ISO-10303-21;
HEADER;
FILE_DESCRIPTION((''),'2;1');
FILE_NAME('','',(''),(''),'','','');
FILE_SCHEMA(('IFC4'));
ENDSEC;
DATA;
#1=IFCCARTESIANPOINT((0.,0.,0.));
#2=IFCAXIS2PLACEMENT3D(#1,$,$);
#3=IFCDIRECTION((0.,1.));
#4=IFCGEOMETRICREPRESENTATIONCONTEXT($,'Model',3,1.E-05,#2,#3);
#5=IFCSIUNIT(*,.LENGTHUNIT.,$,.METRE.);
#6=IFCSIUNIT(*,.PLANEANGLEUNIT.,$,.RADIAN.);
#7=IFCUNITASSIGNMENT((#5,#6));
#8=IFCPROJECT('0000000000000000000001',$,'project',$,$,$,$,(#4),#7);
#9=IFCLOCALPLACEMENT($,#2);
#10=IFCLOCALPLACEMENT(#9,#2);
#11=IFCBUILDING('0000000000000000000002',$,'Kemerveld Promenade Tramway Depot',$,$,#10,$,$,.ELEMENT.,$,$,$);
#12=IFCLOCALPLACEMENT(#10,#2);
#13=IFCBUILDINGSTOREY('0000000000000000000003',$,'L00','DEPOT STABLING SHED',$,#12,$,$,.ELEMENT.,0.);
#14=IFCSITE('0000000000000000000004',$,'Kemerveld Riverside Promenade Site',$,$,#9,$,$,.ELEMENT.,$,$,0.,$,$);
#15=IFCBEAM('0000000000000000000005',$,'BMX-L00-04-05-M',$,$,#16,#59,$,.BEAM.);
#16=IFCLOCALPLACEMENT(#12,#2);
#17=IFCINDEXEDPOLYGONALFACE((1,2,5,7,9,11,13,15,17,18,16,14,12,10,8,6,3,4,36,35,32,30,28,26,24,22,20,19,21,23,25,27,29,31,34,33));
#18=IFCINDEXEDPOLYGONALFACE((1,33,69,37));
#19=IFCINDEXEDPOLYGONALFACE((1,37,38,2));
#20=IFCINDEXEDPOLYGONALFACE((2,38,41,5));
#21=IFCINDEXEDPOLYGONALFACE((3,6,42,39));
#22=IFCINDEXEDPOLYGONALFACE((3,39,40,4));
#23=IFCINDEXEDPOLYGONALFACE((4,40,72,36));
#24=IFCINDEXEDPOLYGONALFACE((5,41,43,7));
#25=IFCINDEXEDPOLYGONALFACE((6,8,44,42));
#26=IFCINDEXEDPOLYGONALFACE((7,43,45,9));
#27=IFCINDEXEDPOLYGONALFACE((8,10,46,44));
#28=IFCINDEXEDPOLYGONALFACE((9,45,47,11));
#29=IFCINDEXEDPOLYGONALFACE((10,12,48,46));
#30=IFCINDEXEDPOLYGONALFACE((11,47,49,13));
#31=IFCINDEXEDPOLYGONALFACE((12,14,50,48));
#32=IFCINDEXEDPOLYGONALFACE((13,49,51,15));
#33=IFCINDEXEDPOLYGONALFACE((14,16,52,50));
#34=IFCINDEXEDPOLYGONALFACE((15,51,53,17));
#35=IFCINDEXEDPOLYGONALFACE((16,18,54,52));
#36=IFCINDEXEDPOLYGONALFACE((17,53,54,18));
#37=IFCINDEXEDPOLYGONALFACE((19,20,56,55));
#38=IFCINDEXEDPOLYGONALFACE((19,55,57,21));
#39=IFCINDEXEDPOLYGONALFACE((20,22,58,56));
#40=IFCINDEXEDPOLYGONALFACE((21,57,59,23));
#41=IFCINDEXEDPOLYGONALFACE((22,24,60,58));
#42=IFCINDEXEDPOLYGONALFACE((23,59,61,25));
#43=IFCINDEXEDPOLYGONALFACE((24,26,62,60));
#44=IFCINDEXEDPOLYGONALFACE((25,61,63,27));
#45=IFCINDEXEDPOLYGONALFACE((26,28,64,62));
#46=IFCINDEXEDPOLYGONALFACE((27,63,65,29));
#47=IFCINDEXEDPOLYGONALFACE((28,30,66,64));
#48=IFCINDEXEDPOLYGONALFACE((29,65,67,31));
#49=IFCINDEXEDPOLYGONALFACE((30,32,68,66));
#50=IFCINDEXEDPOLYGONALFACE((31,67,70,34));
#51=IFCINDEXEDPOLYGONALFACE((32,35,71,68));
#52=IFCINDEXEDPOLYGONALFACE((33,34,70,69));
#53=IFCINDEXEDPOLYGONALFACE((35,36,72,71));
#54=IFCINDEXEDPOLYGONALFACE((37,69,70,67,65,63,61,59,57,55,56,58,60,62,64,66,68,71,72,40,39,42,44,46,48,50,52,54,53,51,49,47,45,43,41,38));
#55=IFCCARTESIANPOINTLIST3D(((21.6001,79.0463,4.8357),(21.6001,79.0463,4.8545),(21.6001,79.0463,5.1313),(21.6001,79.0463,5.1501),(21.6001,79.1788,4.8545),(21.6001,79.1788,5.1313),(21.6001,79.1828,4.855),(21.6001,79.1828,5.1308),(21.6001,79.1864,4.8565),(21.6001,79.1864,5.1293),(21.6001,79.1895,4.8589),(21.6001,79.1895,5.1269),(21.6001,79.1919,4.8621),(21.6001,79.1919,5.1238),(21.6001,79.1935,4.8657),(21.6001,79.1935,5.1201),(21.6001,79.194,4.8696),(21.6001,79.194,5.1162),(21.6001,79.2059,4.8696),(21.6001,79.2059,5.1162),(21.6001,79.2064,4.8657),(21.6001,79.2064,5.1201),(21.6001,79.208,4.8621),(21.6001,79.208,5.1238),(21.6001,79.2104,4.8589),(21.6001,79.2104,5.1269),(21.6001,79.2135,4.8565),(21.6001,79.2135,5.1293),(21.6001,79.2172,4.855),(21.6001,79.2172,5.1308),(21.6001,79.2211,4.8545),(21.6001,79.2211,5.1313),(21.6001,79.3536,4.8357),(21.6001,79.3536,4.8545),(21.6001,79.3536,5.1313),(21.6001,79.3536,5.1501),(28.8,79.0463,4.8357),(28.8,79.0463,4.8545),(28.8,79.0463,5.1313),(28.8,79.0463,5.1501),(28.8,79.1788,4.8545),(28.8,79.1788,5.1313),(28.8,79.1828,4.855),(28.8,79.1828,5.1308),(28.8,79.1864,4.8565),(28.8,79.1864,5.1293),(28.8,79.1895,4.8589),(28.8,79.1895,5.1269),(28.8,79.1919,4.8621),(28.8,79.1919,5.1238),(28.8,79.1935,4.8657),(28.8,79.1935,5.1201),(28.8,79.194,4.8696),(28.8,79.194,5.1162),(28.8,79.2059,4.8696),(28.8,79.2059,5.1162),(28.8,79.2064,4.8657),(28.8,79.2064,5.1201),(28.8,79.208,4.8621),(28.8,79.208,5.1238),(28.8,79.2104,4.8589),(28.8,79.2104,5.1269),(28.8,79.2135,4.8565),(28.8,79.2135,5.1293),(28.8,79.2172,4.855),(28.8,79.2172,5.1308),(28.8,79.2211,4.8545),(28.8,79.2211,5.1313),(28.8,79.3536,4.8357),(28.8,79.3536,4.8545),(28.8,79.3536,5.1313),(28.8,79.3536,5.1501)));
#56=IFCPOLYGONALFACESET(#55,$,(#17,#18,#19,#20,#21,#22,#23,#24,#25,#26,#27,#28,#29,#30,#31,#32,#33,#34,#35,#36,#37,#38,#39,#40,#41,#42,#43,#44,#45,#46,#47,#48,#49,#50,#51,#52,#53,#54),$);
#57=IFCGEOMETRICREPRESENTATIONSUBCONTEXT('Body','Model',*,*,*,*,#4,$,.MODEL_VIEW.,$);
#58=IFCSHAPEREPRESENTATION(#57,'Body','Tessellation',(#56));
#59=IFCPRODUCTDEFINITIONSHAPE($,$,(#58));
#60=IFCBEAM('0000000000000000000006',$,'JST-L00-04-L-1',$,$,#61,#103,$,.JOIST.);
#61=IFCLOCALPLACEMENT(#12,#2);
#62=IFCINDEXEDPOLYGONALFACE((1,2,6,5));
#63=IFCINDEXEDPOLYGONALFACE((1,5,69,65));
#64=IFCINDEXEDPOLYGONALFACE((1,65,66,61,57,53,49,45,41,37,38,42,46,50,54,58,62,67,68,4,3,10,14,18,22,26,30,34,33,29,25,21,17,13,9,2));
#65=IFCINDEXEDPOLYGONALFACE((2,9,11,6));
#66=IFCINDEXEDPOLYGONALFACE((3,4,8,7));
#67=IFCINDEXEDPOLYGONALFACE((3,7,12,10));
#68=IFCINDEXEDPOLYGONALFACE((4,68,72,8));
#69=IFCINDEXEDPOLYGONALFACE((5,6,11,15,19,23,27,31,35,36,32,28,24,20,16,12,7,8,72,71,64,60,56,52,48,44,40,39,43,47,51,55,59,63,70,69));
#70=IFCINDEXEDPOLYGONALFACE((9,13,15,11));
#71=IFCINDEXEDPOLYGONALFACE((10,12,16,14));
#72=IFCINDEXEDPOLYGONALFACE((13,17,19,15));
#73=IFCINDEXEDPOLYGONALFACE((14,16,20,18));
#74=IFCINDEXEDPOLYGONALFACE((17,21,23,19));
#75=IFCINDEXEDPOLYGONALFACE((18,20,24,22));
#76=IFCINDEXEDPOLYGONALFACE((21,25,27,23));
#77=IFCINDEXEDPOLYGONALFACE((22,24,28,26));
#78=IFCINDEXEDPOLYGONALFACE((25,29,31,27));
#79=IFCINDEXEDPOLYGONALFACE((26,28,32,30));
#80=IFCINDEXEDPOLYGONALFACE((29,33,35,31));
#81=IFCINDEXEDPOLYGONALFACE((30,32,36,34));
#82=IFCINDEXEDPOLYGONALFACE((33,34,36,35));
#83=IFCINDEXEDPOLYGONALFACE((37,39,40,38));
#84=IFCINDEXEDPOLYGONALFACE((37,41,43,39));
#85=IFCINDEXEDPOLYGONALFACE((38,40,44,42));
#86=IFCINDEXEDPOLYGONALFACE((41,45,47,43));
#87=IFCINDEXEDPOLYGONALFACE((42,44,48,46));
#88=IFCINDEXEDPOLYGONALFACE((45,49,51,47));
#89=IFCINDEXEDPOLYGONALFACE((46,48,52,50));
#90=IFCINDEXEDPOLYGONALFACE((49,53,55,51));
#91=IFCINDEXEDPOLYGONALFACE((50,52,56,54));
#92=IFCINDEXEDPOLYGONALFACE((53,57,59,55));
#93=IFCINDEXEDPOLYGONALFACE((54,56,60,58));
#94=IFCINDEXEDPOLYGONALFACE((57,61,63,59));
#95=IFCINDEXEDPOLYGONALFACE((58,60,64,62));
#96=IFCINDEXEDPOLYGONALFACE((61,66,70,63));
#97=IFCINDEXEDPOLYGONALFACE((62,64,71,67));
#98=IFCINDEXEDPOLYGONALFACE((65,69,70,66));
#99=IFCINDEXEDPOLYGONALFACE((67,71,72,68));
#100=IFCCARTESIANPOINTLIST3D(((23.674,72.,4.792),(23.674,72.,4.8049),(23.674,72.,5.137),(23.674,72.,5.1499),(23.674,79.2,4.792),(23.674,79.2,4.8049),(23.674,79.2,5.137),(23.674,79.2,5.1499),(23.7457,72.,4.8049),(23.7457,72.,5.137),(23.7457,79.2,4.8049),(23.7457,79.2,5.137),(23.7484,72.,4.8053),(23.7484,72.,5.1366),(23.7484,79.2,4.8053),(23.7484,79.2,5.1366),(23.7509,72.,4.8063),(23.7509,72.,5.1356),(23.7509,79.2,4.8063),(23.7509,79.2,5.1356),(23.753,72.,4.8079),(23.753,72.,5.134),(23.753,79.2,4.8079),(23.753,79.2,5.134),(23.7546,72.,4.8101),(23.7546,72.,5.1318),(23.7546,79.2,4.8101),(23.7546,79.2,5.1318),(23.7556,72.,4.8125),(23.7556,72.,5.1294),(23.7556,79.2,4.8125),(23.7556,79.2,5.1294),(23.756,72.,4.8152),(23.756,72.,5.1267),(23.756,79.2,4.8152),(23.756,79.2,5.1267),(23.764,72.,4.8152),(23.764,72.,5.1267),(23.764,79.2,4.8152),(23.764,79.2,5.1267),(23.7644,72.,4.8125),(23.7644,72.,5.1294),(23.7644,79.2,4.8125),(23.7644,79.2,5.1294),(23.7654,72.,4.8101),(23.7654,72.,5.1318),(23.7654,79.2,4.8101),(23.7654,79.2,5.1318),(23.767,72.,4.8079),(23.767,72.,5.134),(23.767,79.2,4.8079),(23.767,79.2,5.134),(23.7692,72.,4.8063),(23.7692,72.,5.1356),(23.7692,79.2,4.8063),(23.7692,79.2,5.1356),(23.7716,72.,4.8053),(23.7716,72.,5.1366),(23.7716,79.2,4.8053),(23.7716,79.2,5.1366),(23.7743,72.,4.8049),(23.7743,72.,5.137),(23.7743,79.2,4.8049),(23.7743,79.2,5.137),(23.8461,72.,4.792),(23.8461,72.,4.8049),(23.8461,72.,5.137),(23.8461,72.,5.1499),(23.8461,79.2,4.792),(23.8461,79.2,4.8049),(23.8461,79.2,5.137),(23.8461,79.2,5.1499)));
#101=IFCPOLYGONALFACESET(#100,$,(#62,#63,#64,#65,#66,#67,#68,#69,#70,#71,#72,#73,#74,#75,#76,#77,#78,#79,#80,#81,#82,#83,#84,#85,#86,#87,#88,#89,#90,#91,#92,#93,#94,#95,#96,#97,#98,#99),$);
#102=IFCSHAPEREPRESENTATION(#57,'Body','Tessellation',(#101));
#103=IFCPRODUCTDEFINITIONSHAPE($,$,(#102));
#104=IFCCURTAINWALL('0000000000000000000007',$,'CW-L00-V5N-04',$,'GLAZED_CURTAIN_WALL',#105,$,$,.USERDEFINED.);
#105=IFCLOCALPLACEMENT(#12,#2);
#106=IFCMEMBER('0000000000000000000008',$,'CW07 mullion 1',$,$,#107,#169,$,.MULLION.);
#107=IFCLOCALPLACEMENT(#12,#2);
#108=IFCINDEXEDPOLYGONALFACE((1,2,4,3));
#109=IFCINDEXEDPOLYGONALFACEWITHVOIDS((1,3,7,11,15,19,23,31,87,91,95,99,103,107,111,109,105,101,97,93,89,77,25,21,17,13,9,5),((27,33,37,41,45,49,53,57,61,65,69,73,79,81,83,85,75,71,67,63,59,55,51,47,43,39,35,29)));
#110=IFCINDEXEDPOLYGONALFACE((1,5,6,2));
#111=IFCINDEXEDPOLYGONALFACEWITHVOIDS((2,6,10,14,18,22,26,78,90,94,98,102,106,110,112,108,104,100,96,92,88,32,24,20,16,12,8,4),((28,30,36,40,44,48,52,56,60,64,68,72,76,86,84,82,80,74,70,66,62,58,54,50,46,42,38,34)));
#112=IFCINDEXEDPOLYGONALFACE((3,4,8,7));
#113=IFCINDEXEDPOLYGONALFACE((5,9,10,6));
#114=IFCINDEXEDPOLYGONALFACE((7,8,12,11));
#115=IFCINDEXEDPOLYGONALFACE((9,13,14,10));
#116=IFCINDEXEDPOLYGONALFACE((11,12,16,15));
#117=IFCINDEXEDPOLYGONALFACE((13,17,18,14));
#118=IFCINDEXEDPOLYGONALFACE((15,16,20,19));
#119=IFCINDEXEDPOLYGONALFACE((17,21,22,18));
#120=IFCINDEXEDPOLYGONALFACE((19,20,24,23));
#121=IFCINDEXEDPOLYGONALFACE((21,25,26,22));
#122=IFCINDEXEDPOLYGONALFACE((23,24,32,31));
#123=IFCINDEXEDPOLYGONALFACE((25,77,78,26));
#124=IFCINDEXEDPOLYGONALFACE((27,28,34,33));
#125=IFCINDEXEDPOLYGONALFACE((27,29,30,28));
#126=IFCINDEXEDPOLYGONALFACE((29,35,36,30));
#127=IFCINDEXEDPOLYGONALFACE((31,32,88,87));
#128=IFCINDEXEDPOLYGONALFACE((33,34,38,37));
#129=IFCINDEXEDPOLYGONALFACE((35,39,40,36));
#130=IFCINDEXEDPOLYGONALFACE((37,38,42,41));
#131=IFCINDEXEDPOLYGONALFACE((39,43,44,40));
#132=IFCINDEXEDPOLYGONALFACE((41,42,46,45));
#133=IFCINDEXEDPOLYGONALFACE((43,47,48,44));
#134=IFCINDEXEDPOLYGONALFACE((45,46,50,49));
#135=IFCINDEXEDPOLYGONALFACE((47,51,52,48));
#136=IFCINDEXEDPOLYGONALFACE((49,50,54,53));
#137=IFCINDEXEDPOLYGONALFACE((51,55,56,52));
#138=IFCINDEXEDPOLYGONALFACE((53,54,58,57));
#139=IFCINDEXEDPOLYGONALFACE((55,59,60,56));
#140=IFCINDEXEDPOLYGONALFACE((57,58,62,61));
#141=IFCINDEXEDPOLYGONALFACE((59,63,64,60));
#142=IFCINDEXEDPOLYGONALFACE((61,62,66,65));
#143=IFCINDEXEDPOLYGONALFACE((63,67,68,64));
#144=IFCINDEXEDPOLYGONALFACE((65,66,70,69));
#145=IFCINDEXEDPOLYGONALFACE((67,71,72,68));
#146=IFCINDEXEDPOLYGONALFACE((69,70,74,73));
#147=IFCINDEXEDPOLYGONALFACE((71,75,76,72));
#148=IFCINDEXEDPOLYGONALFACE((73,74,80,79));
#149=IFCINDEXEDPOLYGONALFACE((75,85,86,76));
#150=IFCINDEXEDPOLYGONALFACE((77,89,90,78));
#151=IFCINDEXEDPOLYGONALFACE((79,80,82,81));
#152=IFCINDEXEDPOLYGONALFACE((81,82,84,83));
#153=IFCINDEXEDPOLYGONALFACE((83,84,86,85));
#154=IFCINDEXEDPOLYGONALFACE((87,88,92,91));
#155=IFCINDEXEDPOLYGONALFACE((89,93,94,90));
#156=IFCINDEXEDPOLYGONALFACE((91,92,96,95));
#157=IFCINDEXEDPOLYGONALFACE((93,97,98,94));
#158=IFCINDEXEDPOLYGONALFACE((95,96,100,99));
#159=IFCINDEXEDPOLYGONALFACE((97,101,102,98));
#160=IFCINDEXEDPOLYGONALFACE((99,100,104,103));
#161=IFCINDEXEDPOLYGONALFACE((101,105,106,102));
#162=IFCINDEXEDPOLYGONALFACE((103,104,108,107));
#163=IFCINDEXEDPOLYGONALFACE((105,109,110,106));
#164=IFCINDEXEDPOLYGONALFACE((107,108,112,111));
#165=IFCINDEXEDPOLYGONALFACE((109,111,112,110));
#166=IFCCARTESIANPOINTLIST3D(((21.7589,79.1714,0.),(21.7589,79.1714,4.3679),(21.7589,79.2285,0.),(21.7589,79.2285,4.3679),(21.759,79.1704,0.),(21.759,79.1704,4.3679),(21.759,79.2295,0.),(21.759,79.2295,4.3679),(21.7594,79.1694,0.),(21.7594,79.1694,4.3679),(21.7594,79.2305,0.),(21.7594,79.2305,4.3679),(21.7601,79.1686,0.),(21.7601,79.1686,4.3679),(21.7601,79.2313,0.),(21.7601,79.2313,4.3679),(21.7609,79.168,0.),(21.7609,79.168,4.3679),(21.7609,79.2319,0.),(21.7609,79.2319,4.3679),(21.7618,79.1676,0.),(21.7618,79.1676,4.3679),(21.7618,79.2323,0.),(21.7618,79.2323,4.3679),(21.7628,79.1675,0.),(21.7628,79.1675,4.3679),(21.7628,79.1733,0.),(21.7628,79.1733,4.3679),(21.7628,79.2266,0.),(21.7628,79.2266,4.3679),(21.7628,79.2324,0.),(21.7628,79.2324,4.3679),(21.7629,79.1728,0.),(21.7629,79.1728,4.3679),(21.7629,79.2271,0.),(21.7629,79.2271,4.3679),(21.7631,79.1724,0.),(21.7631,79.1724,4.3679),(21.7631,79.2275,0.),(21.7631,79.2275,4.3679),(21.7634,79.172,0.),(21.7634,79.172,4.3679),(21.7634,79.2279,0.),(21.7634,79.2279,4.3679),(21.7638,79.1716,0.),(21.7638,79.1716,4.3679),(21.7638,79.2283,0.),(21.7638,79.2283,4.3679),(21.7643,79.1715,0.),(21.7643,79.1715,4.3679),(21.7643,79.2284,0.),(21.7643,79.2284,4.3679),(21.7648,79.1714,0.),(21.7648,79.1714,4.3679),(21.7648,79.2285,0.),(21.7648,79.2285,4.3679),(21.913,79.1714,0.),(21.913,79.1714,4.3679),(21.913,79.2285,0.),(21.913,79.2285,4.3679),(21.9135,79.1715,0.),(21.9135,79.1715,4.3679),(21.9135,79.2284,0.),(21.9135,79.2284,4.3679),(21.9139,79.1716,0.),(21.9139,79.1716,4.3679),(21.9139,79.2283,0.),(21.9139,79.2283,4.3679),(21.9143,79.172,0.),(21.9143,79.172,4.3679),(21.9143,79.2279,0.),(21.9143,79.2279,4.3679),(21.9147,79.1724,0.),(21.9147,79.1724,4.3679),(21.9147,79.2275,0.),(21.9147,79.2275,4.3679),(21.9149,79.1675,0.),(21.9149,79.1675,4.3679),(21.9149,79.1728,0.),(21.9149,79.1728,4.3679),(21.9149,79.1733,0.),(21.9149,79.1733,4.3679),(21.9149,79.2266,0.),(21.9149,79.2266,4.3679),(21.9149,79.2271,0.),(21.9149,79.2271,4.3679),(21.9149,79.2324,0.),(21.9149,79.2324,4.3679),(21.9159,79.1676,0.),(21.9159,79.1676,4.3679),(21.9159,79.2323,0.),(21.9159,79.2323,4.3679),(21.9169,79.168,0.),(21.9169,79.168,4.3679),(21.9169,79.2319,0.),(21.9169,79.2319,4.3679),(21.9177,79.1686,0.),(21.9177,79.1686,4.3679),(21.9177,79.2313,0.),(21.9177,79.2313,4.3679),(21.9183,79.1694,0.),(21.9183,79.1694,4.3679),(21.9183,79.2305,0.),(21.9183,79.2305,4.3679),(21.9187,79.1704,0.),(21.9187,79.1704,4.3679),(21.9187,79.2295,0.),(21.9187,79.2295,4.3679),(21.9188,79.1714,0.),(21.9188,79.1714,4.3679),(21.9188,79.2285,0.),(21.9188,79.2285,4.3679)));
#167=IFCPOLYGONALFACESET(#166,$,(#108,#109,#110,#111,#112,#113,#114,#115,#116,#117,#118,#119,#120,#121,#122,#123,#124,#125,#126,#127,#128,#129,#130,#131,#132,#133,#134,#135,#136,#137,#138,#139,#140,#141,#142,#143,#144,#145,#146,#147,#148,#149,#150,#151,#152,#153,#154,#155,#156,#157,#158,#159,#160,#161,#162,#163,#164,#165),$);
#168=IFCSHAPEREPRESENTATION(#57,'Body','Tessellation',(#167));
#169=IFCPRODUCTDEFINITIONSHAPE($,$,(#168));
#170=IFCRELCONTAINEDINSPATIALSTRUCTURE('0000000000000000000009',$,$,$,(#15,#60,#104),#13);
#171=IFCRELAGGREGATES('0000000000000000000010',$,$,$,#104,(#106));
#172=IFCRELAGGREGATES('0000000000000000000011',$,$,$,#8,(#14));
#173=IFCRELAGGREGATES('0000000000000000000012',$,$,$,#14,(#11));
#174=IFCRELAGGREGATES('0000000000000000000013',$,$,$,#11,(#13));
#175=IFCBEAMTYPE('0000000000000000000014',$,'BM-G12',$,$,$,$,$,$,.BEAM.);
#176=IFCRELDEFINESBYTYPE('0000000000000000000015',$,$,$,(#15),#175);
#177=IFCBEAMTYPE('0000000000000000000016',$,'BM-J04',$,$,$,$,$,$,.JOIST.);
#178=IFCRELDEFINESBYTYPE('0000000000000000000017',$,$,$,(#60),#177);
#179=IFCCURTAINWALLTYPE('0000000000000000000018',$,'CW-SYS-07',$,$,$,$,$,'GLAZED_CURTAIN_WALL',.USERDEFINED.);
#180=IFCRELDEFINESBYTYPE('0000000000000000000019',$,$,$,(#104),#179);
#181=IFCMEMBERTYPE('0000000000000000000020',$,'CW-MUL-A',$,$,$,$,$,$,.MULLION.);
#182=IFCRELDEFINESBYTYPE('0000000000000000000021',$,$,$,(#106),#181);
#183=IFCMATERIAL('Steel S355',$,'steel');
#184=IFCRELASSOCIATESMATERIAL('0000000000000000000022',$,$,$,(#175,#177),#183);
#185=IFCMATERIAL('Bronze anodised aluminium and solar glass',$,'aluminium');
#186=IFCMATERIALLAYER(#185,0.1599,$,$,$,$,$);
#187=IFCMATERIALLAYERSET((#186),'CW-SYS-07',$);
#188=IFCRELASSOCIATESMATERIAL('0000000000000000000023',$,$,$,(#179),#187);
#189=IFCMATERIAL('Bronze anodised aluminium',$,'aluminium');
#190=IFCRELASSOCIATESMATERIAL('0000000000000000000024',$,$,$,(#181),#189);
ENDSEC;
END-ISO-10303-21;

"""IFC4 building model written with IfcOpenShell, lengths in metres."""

from ifc_helpers import new_model, si_unit, direction, frame, origin, origin_2d, place, context, subcontext, project, spatial, hollow_rectangle, i_section, extrude, material, layer, layer_set, material_profile, profile_set, type_object, element, aggregate, save


model = new_model("IFC4")

# Units and contexts
model_context = context("Model", 3, precision=1e-05, world=origin(), true_north=direction((0.0, 1.0)))
body_context = subcontext(model_context, "Body", "Model", "MODEL_VIEW")
ifc_project = project(units=[si_unit("LENGTHUNIT", "METRE"), si_unit("PLANEANGLEUNIT", "RADIAN")], contexts=[model_context])

# Site, building, storey
site_placement = place(None, origin())
site = spatial("IfcSite", under=ifc_project, at=site_placement, Name="Kemerveld Riverside Promenade Site", CompositionType="ELEMENT", RefElevation=0.0)
building_placement = place(site_placement, origin())
building = spatial("IfcBuilding", under=site, at=building_placement, Name="Kemerveld Promenade Tramway Depot", CompositionType="ELEMENT")
storey_placement = place(building_placement, origin())
storey = spatial("IfcBuildingStorey", under=building, at=storey_placement, Name="L00", Description="DEPOT STABLING SHED", CompositionType="ELEMENT", Elevation=0.0)

# Shared definitions
ifc_material_1 = material(Name="Steel S355", Category="steel")

# Beams
ifc_material_profile_1 = material_profile(ifc_material_1, i_section(OverallWidth=0.3074, OverallDepth=0.3145, WebThickness=0.012, FlangeThickness=0.0188, FilletRadius=0.0151, at=origin_2d()), Name="305x305x118 UC")
ifc_profile_set_1 = profile_set([ifc_material_profile_1], Name="Steel S355")
beam_type_1 = type_object("IfcBeamType", Name="BM-G12", PredefinedType="BEAM", material=ifc_profile_set_1)
beam_1_placement = place(storey_placement, frame((21.6001, 79.2, 4.9929), z_axis=(1.0, 0.0, 0.0), x_axis=(0.0, 1.0, 0.0)))
element("IfcBeam", 1, at=beam_1_placement, inside=storey, type_object=beam_type_1, Name="BMX-L00-04-05-M", PredefinedType="BEAM", context=body_context, shape_type="SweptSolid", body=[
    extrude(i_section(OverallWidth=0.3074, OverallDepth=0.3145, WebThickness=0.012, FlangeThickness=0.0188, FilletRadius=0.0151, at=origin_2d()), origin(), (0.0, 0.0, 1.0), 7.2),
])
ifc_material_profile_2 = material_profile(ifc_material_1, i_section(OverallWidth=0.1721, OverallDepth=0.3579, WebThickness=0.0081, FlangeThickness=0.0129, FilletRadius=0.0103, at=origin_2d()), Name="356x171x57 UB")
ifc_profile_set_2 = profile_set([ifc_material_profile_2], Name="Steel S355")
beam_type_2 = type_object("IfcBeamType", Name="BM-J04", PredefinedType="JOIST", material=ifc_profile_set_2)
beam_2_placement = place(storey_placement, frame((23.76, 72.0, 4.9709), z_axis=(0.0, 1.0, 0.0), x_axis=(-1.0, 0.0, 0.0)))
element("IfcBeam", 2, at=beam_2_placement, inside=storey, type_object=beam_type_2, Name="JST-L00-04-L-1", PredefinedType="JOIST", context=body_context, shape_type="SweptSolid", body=[
    extrude(i_section(OverallWidth=0.1721, OverallDepth=0.3579, WebThickness=0.0081, FlangeThickness=0.0129, FilletRadius=0.0103, at=origin_2d()), origin(), (0.0, 0.0, 1.0), 7.2),
])

# Curtain wall, member
ifc_material_2 = material(Name="Bronze anodised aluminium and solar glass", Category="aluminium")
ifc_layer_1 = layer(ifc_material_2, 0.1599)
ifc_layer_set_1 = layer_set([ifc_layer_1], Name="CW-SYS-07")
curtain_wall_type = type_object("IfcCurtainWallType", Name="CW-SYS-07", ElementType="GLAZED_CURTAIN_WALL", PredefinedType="USERDEFINED", material=ifc_layer_set_1)
curtain_wall_placement = place(storey_placement, origin())
curtain_wall = element("IfcCurtainWall", 3, at=curtain_wall_placement, inside=storey, type_object=curtain_wall_type, Name="CW-L00-V5N-04", ObjectType="GLAZED_CURTAIN_WALL", PredefinedType="USERDEFINED")
ifc_material_3 = material(Name="Bronze anodised aluminium", Category="aluminium")
ifc_material_profile_3 = material_profile(ifc_material_3, hollow_rectangle(XDim=0.0649, YDim=0.1599, WallThickness=0.0039, InnerFilletRadius=0.002, OuterFilletRadius=0.0039, at=origin_2d()), Name="CW-MUL-160x65")
ifc_profile_set_3 = profile_set([ifc_material_profile_3], Name="Bronze anodised aluminium")
member_type_1 = type_object("IfcMemberType", Name="CW-MUL-A", PredefinedType="MULLION", material=ifc_profile_set_3)
member_1_placement = place(storey_placement, frame((21.8389, 79.2, 0.0), z_axis=(0.0, 0.0, 1.0), x_axis=(0.0, 1.0, 0.0)))
member_1 = element("IfcMember", 4, at=member_1_placement, type_object=member_type_1, Name="CW07 mullion 1", PredefinedType="MULLION", context=body_context, shape_type="SweptSolid", body=[
    extrude(hollow_rectangle(XDim=0.0649, YDim=0.1599, WallThickness=0.0039, InnerFilletRadius=0.002, OuterFilletRadius=0.0039, at=origin_2d()), origin(), (0.0, 0.0, 1.0), 4.3679),
])
aggregate(curtain_wall, [member_1])

save(model, "model.ifc")
